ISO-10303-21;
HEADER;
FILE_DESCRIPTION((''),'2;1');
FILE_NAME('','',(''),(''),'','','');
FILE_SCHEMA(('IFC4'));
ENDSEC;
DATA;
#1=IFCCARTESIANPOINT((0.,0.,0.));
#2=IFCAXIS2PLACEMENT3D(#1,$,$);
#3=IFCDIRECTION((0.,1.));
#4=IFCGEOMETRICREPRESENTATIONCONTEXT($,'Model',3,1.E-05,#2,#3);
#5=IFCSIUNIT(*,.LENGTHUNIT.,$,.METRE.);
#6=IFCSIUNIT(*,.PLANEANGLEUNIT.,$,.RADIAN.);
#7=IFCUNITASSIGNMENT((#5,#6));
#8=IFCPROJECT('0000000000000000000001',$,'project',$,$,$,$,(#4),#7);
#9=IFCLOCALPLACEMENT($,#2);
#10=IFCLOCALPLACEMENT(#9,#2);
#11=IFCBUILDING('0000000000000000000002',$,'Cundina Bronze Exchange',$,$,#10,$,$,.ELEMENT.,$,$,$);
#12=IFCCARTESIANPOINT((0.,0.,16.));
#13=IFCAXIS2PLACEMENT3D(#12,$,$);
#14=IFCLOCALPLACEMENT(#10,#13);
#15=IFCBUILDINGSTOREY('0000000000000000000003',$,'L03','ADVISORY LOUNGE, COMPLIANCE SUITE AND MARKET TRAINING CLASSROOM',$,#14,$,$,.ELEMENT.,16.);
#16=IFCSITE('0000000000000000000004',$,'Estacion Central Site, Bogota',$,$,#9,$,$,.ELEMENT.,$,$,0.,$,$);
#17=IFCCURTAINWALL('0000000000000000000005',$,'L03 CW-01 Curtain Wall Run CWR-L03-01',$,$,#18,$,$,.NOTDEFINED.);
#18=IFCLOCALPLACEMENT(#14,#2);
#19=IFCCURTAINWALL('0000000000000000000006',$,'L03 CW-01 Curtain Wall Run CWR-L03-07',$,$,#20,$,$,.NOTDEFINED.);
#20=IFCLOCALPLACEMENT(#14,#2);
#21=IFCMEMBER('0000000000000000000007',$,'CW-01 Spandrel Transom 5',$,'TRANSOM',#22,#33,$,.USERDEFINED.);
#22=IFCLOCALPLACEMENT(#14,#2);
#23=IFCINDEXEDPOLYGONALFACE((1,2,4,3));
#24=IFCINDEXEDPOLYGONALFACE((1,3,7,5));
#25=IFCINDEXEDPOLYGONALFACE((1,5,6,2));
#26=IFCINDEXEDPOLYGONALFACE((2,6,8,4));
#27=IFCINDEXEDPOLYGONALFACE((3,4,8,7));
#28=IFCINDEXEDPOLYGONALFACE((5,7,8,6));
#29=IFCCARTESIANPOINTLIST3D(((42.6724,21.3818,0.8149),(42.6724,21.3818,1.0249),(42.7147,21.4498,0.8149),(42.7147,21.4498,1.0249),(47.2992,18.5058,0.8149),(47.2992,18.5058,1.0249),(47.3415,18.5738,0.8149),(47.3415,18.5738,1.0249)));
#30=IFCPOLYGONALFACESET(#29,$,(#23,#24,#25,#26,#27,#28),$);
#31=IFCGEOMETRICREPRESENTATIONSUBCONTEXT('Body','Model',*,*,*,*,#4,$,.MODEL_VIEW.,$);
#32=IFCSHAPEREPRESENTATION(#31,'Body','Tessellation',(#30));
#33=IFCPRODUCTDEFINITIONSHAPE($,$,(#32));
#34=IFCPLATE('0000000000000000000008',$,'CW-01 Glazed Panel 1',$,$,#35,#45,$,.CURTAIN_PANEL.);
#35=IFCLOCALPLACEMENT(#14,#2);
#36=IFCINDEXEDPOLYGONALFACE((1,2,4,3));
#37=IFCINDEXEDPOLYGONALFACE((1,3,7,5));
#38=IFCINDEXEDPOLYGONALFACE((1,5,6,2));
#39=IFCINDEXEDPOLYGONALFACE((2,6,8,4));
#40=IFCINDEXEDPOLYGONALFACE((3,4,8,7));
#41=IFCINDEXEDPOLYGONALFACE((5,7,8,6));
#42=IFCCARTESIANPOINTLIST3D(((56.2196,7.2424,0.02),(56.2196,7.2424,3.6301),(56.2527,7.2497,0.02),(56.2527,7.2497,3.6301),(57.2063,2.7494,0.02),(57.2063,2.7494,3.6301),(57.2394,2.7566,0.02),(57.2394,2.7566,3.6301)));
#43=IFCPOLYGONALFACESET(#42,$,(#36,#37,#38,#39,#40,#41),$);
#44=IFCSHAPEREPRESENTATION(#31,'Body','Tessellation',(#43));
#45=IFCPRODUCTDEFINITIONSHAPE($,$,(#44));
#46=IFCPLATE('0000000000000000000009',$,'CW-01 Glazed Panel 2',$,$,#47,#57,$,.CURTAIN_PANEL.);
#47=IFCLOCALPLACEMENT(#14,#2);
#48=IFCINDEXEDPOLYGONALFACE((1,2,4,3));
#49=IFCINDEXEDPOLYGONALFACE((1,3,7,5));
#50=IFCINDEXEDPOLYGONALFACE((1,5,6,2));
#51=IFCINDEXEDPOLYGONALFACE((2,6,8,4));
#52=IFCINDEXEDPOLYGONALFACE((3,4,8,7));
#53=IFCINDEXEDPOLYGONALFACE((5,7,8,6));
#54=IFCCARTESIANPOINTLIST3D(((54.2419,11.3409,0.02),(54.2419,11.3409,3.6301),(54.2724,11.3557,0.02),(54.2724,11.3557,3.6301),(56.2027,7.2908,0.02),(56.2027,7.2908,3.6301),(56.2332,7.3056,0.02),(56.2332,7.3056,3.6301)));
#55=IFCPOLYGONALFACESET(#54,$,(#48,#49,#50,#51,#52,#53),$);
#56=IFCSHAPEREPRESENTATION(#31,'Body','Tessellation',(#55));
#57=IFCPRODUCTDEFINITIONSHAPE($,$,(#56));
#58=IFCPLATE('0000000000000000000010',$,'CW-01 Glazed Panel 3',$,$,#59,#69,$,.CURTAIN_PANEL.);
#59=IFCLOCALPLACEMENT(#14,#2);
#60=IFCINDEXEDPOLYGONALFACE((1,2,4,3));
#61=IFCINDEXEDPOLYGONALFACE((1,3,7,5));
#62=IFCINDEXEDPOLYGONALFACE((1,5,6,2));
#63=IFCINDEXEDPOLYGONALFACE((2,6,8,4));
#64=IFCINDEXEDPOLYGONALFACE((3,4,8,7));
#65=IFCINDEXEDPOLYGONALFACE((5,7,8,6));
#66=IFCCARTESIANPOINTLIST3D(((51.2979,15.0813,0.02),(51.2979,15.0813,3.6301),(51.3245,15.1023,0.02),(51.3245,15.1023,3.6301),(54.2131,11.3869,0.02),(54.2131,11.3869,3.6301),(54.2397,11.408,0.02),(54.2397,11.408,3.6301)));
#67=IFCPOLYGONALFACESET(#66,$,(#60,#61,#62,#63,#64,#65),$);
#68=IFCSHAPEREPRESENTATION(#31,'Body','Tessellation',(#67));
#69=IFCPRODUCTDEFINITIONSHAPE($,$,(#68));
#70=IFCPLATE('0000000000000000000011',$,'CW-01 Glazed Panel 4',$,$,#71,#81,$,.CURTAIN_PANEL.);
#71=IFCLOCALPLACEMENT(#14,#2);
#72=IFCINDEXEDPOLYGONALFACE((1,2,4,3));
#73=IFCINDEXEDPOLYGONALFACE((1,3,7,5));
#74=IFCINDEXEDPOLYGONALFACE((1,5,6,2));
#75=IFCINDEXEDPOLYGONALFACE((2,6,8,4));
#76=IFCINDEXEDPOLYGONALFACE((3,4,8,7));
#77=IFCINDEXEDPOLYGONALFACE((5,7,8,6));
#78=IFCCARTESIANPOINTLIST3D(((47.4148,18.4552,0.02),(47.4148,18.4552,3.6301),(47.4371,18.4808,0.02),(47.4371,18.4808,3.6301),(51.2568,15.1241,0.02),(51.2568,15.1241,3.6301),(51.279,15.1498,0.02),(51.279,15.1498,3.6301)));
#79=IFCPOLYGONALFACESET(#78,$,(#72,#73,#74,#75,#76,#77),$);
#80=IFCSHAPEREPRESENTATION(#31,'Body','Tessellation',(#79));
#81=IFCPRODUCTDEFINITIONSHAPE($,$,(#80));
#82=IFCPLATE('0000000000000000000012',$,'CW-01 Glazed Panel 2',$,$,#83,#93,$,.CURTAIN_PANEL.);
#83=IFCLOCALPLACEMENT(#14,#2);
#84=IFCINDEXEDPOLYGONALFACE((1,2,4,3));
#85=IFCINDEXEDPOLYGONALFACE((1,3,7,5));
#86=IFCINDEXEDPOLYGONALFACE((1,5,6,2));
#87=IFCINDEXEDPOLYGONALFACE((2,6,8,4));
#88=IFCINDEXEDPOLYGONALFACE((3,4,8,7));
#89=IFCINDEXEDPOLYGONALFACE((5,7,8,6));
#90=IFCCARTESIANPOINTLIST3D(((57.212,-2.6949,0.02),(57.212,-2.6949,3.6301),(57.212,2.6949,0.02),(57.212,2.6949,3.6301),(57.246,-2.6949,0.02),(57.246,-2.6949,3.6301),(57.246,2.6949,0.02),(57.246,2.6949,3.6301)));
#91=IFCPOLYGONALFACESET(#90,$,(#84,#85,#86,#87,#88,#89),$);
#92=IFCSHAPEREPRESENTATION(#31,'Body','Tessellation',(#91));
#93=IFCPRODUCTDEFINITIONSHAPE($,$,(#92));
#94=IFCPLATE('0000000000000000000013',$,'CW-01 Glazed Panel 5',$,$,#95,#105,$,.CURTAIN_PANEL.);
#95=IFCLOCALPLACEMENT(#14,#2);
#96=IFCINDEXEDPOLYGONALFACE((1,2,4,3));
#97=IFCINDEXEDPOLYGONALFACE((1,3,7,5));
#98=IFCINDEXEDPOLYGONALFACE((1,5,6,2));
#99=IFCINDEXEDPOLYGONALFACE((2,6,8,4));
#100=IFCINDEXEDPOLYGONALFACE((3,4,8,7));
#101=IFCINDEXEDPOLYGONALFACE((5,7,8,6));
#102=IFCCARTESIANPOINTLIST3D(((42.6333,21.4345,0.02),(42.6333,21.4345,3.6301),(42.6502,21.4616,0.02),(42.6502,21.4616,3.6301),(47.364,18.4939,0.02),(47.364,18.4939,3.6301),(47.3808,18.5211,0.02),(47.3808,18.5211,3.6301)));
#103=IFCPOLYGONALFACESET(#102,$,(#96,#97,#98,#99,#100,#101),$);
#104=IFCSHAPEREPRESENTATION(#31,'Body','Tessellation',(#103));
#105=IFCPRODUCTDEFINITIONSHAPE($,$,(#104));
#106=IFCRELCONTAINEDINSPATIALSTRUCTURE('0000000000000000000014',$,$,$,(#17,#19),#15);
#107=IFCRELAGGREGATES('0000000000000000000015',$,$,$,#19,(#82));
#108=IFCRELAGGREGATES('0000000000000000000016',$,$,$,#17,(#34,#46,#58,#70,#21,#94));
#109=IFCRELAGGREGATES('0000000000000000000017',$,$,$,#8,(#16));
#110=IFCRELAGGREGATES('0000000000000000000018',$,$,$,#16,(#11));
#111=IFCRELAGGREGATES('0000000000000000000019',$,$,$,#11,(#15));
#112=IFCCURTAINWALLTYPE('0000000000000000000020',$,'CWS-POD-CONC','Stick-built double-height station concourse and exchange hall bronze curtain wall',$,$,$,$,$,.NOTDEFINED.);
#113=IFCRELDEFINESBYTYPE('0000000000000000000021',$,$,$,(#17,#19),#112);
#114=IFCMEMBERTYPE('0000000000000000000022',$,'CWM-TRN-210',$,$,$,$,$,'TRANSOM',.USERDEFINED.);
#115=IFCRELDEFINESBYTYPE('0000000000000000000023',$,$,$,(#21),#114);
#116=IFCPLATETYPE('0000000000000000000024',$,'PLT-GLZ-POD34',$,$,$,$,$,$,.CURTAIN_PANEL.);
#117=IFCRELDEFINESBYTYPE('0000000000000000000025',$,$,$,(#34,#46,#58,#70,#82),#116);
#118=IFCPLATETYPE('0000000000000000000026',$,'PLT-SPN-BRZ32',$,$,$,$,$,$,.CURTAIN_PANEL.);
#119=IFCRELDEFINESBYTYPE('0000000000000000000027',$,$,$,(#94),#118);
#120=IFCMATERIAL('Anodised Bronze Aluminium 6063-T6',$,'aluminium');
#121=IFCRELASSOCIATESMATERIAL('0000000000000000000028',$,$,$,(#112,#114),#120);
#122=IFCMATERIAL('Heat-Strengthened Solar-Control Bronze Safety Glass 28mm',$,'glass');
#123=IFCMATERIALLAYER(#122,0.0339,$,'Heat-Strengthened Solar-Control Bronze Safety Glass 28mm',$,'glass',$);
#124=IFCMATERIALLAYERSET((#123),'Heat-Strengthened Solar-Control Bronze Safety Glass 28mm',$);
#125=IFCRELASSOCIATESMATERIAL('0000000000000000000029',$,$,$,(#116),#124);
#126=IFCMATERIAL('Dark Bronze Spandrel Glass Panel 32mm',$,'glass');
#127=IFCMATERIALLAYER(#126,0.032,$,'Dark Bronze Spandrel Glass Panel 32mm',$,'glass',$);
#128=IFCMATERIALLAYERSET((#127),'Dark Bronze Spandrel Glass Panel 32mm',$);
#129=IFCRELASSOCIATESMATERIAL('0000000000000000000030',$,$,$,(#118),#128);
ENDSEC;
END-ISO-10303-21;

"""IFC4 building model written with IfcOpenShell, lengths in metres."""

from ifc_helpers import new_model, si_unit, direction, frame, origin, origin_2d, place, context, subcontext, project, spatial, rectangle, extrude, material, layer, layer_set, material_profile, profile_set, type_object, element, aggregate, save


model = new_model("IFC4")

# Units and contexts
model_context = context("Model", 3, precision=1e-05, world=origin(), true_north=direction((0.0, 1.0)))
body_context = subcontext(model_context, "Body", "Model", "MODEL_VIEW")
ifc_project = project(units=[si_unit("LENGTHUNIT", "METRE"), si_unit("PLANEANGLEUNIT", "RADIAN")], contexts=[model_context])

# Site, building, storey
site_placement = place(None, origin())
site = spatial("IfcSite", under=ifc_project, at=site_placement, Name="Estacion Central Site, Bogota", CompositionType="ELEMENT", RefElevation=0.0)
building_placement = place(site_placement, origin())
building = spatial("IfcBuilding", under=site, at=building_placement, Name="Cundina Bronze Exchange", CompositionType="ELEMENT")
storey_placement = place(building_placement, frame((0.0, 0.0, 16.0)))
storey = spatial("IfcBuildingStorey", under=building, at=storey_placement, Name="L03", Description="ADVISORY LOUNGE, COMPLIANCE SUITE AND MARKET TRAINING CLASSROOM", CompositionType="ELEMENT", Elevation=16.0)

# Curtain wall
ifc_material_1 = material(Name="Anodised Bronze Aluminium 6063-T6", Category="aluminium")
curtain_wall_type = type_object("IfcCurtainWallType", Name="CWS-POD-CONC", Description="Stick-built double-height station concourse and exchange hall bronze curtain wall", PredefinedType="NOTDEFINED", material=ifc_material_1)
curtain_wall_1_placement = place(storey_placement, origin())
curtain_wall_1 = element("IfcCurtainWall", 1, at=curtain_wall_1_placement, inside=storey, type_object=curtain_wall_type, Name="L03 CW-01 Curtain Wall Run CWR-L03-01", PredefinedType="NOTDEFINED")

# Curtain wall
curtain_wall_2_placement = place(storey_placement, origin())
curtain_wall_2 = element("IfcCurtainWall", 2, at=curtain_wall_2_placement, inside=storey, type_object=curtain_wall_type, Name="L03 CW-01 Curtain Wall Run CWR-L03-07", PredefinedType="NOTDEFINED")

# Member
ifc_material_profile_1 = material_profile(ifc_material_1, rectangle(XDim=0.0801, YDim=0.21, at=origin_2d()), Name="AL80X210", Category="aluminium")
ifc_profile_set_1 = profile_set([ifc_material_profile_1], Name="Anodised Bronze Aluminium 6063-T6")
member_type_1 = type_object("IfcMemberType", Name="CWM-TRN-210", ElementType="TRANSOM", PredefinedType="USERDEFINED", material=ifc_profile_set_1)
member_1_placement = place(storey_placement, frame((47.3203, 18.5398, 0.9199), z_axis=(-0.849292, 0.527923, 0.0), x_axis=(-0.527923, -0.849292, 0.0)))
member_1 = element("IfcMember", 3, at=member_1_placement, type_object=member_type_1, Name="CW-01 Spandrel Transom 5", ObjectType="TRANSOM", PredefinedType="USERDEFINED", context=body_context, shape_type="SweptSolid", body=[
    extrude(rectangle(XDim=0.0801, YDim=0.21, at=origin_2d()), origin(), (0.0, 0.0, 1.0), 5.4478),
])

# Plates
ifc_material_2 = material(Name="Heat-Strengthened Solar-Control Bronze Safety Glass 28mm", Category="glass")
ifc_layer_1 = layer(ifc_material_2, 0.0339, Name="Heat-Strengthened Solar-Control Bronze Safety Glass 28mm", Category="glass")
ifc_layer_set_1 = layer_set([ifc_layer_1], Name="Heat-Strengthened Solar-Control Bronze Safety Glass 28mm")
plate_type_1 = type_object("IfcPlateType", Name="PLT-GLZ-POD34", PredefinedType="CURTAIN_PANEL", material=ifc_layer_set_1)
plate_1_placement = place(storey_placement, frame((56.7295, 4.9995, 0.02), z_axis=(0.0, 0.0, 1.0), x_axis=(-0.214497, 0.976725, 0.0)))
plate_1 = element("IfcPlate", 4, at=plate_1_placement, type_object=plate_type_1, Name="CW-01 Glazed Panel 1", PredefinedType="CURTAIN_PANEL", context=body_context, shape_type="SweptSolid", body=[
    extrude(rectangle(XDim=4.6001, YDim=0.0339, at=origin_2d()), origin(), (0.0, 0.0, 1.0), 3.6101),
])
plate_2_placement = place(storey_placement, frame((55.2375, 9.3232, 0.02), z_axis=(0.0, 0.0, 1.0), x_axis=(-0.435765, 0.90006, 0.0)))
plate_2 = element("IfcPlate", 5, at=plate_2_placement, type_object=plate_type_1, Name="CW-01 Glazed Panel 2", PredefinedType="CURTAIN_PANEL", context=body_context, shape_type="SweptSolid", body=[
    extrude(rectangle(XDim=4.4998, YDim=0.0339, at=origin_2d()), origin(), (0.0, 0.0, 1.0), 3.6101),
])
plate_3_placement = place(storey_placement, frame((52.7688, 13.2446, 0.02), z_axis=(0.0, 0.0, 1.0), x_axis=(-0.619464, 0.785025, 0.0)))
plate_3 = element("IfcPlate", 6, at=plate_3_placement, type_object=plate_type_1, Name="CW-01 Glazed Panel 3", PredefinedType="CURTAIN_PANEL", context=body_context, shape_type="SweptSolid", body=[
    extrude(rectangle(XDim=4.7061, YDim=0.0339, at=origin_2d()), origin(), (0.0, 0.0, 1.0), 3.6101),
])
plate_4_placement = place(storey_placement, frame((49.3469, 16.8025, 0.02), z_axis=(0.0, 0.0, 1.0), x_axis=(-0.755556, 0.655084, 0.0)))
plate_4 = element("IfcPlate", 7, at=plate_4_placement, type_object=plate_type_1, Name="CW-01 Glazed Panel 4", PredefinedType="CURTAIN_PANEL", context=body_context, shape_type="SweptSolid", body=[
    extrude(rectangle(XDim=5.085, YDim=0.0339, at=origin_2d()), origin(), (0.0, 0.0, 1.0), 3.6101),
])
plate_5_placement = place(storey_placement, frame((57.229, 0.0, 0.02), z_axis=(0.0, 0.0, 1.0), x_axis=(0.0, 1.0, 0.0)))
plate_5 = element("IfcPlate", 8, at=plate_5_placement, type_object=plate_type_1, Name="CW-01 Glazed Panel 2", PredefinedType="CURTAIN_PANEL", context=body_context, shape_type="SweptSolid", body=[
    extrude(rectangle(XDim=5.3899, YDim=0.0339, at=origin_2d()), origin(), (0.0, 0.0, 1.0), 3.6101),
])
aggregate(curtain_wall_2, [plate_5])
ifc_material_3 = material(Name="Dark Bronze Spandrel Glass Panel 32mm", Category="glass")
ifc_layer_2 = layer(ifc_material_3, 0.032, Name="Dark Bronze Spandrel Glass Panel 32mm", Category="glass")
ifc_layer_set_2 = layer_set([ifc_layer_2], Name="Dark Bronze Spandrel Glass Panel 32mm")
plate_type_2 = type_object("IfcPlateType", Name="PLT-SPN-BRZ32", PredefinedType="CURTAIN_PANEL", material=ifc_layer_set_2)
plate_6_placement = place(storey_placement, frame((45.0071, 19.9778, 0.02), z_axis=(0.0, 0.0, 1.0), x_axis=(-0.849294, 0.52792, 0.0)))
plate_6 = element("IfcPlate", 9, at=plate_6_placement, type_object=plate_type_2, Name="CW-01 Glazed Panel 5", PredefinedType="CURTAIN_PANEL", context=body_context, shape_type="SweptSolid", body=[
    extrude(rectangle(XDim=5.5701, YDim=0.032, at=origin_2d()), origin(), (0.0, 0.0, 1.0), 3.6101),
])
aggregate(curtain_wall_1, [plate_1, plate_2, plate_3, plate_4, member_1, plate_6])

save(model, "model.ifc")
